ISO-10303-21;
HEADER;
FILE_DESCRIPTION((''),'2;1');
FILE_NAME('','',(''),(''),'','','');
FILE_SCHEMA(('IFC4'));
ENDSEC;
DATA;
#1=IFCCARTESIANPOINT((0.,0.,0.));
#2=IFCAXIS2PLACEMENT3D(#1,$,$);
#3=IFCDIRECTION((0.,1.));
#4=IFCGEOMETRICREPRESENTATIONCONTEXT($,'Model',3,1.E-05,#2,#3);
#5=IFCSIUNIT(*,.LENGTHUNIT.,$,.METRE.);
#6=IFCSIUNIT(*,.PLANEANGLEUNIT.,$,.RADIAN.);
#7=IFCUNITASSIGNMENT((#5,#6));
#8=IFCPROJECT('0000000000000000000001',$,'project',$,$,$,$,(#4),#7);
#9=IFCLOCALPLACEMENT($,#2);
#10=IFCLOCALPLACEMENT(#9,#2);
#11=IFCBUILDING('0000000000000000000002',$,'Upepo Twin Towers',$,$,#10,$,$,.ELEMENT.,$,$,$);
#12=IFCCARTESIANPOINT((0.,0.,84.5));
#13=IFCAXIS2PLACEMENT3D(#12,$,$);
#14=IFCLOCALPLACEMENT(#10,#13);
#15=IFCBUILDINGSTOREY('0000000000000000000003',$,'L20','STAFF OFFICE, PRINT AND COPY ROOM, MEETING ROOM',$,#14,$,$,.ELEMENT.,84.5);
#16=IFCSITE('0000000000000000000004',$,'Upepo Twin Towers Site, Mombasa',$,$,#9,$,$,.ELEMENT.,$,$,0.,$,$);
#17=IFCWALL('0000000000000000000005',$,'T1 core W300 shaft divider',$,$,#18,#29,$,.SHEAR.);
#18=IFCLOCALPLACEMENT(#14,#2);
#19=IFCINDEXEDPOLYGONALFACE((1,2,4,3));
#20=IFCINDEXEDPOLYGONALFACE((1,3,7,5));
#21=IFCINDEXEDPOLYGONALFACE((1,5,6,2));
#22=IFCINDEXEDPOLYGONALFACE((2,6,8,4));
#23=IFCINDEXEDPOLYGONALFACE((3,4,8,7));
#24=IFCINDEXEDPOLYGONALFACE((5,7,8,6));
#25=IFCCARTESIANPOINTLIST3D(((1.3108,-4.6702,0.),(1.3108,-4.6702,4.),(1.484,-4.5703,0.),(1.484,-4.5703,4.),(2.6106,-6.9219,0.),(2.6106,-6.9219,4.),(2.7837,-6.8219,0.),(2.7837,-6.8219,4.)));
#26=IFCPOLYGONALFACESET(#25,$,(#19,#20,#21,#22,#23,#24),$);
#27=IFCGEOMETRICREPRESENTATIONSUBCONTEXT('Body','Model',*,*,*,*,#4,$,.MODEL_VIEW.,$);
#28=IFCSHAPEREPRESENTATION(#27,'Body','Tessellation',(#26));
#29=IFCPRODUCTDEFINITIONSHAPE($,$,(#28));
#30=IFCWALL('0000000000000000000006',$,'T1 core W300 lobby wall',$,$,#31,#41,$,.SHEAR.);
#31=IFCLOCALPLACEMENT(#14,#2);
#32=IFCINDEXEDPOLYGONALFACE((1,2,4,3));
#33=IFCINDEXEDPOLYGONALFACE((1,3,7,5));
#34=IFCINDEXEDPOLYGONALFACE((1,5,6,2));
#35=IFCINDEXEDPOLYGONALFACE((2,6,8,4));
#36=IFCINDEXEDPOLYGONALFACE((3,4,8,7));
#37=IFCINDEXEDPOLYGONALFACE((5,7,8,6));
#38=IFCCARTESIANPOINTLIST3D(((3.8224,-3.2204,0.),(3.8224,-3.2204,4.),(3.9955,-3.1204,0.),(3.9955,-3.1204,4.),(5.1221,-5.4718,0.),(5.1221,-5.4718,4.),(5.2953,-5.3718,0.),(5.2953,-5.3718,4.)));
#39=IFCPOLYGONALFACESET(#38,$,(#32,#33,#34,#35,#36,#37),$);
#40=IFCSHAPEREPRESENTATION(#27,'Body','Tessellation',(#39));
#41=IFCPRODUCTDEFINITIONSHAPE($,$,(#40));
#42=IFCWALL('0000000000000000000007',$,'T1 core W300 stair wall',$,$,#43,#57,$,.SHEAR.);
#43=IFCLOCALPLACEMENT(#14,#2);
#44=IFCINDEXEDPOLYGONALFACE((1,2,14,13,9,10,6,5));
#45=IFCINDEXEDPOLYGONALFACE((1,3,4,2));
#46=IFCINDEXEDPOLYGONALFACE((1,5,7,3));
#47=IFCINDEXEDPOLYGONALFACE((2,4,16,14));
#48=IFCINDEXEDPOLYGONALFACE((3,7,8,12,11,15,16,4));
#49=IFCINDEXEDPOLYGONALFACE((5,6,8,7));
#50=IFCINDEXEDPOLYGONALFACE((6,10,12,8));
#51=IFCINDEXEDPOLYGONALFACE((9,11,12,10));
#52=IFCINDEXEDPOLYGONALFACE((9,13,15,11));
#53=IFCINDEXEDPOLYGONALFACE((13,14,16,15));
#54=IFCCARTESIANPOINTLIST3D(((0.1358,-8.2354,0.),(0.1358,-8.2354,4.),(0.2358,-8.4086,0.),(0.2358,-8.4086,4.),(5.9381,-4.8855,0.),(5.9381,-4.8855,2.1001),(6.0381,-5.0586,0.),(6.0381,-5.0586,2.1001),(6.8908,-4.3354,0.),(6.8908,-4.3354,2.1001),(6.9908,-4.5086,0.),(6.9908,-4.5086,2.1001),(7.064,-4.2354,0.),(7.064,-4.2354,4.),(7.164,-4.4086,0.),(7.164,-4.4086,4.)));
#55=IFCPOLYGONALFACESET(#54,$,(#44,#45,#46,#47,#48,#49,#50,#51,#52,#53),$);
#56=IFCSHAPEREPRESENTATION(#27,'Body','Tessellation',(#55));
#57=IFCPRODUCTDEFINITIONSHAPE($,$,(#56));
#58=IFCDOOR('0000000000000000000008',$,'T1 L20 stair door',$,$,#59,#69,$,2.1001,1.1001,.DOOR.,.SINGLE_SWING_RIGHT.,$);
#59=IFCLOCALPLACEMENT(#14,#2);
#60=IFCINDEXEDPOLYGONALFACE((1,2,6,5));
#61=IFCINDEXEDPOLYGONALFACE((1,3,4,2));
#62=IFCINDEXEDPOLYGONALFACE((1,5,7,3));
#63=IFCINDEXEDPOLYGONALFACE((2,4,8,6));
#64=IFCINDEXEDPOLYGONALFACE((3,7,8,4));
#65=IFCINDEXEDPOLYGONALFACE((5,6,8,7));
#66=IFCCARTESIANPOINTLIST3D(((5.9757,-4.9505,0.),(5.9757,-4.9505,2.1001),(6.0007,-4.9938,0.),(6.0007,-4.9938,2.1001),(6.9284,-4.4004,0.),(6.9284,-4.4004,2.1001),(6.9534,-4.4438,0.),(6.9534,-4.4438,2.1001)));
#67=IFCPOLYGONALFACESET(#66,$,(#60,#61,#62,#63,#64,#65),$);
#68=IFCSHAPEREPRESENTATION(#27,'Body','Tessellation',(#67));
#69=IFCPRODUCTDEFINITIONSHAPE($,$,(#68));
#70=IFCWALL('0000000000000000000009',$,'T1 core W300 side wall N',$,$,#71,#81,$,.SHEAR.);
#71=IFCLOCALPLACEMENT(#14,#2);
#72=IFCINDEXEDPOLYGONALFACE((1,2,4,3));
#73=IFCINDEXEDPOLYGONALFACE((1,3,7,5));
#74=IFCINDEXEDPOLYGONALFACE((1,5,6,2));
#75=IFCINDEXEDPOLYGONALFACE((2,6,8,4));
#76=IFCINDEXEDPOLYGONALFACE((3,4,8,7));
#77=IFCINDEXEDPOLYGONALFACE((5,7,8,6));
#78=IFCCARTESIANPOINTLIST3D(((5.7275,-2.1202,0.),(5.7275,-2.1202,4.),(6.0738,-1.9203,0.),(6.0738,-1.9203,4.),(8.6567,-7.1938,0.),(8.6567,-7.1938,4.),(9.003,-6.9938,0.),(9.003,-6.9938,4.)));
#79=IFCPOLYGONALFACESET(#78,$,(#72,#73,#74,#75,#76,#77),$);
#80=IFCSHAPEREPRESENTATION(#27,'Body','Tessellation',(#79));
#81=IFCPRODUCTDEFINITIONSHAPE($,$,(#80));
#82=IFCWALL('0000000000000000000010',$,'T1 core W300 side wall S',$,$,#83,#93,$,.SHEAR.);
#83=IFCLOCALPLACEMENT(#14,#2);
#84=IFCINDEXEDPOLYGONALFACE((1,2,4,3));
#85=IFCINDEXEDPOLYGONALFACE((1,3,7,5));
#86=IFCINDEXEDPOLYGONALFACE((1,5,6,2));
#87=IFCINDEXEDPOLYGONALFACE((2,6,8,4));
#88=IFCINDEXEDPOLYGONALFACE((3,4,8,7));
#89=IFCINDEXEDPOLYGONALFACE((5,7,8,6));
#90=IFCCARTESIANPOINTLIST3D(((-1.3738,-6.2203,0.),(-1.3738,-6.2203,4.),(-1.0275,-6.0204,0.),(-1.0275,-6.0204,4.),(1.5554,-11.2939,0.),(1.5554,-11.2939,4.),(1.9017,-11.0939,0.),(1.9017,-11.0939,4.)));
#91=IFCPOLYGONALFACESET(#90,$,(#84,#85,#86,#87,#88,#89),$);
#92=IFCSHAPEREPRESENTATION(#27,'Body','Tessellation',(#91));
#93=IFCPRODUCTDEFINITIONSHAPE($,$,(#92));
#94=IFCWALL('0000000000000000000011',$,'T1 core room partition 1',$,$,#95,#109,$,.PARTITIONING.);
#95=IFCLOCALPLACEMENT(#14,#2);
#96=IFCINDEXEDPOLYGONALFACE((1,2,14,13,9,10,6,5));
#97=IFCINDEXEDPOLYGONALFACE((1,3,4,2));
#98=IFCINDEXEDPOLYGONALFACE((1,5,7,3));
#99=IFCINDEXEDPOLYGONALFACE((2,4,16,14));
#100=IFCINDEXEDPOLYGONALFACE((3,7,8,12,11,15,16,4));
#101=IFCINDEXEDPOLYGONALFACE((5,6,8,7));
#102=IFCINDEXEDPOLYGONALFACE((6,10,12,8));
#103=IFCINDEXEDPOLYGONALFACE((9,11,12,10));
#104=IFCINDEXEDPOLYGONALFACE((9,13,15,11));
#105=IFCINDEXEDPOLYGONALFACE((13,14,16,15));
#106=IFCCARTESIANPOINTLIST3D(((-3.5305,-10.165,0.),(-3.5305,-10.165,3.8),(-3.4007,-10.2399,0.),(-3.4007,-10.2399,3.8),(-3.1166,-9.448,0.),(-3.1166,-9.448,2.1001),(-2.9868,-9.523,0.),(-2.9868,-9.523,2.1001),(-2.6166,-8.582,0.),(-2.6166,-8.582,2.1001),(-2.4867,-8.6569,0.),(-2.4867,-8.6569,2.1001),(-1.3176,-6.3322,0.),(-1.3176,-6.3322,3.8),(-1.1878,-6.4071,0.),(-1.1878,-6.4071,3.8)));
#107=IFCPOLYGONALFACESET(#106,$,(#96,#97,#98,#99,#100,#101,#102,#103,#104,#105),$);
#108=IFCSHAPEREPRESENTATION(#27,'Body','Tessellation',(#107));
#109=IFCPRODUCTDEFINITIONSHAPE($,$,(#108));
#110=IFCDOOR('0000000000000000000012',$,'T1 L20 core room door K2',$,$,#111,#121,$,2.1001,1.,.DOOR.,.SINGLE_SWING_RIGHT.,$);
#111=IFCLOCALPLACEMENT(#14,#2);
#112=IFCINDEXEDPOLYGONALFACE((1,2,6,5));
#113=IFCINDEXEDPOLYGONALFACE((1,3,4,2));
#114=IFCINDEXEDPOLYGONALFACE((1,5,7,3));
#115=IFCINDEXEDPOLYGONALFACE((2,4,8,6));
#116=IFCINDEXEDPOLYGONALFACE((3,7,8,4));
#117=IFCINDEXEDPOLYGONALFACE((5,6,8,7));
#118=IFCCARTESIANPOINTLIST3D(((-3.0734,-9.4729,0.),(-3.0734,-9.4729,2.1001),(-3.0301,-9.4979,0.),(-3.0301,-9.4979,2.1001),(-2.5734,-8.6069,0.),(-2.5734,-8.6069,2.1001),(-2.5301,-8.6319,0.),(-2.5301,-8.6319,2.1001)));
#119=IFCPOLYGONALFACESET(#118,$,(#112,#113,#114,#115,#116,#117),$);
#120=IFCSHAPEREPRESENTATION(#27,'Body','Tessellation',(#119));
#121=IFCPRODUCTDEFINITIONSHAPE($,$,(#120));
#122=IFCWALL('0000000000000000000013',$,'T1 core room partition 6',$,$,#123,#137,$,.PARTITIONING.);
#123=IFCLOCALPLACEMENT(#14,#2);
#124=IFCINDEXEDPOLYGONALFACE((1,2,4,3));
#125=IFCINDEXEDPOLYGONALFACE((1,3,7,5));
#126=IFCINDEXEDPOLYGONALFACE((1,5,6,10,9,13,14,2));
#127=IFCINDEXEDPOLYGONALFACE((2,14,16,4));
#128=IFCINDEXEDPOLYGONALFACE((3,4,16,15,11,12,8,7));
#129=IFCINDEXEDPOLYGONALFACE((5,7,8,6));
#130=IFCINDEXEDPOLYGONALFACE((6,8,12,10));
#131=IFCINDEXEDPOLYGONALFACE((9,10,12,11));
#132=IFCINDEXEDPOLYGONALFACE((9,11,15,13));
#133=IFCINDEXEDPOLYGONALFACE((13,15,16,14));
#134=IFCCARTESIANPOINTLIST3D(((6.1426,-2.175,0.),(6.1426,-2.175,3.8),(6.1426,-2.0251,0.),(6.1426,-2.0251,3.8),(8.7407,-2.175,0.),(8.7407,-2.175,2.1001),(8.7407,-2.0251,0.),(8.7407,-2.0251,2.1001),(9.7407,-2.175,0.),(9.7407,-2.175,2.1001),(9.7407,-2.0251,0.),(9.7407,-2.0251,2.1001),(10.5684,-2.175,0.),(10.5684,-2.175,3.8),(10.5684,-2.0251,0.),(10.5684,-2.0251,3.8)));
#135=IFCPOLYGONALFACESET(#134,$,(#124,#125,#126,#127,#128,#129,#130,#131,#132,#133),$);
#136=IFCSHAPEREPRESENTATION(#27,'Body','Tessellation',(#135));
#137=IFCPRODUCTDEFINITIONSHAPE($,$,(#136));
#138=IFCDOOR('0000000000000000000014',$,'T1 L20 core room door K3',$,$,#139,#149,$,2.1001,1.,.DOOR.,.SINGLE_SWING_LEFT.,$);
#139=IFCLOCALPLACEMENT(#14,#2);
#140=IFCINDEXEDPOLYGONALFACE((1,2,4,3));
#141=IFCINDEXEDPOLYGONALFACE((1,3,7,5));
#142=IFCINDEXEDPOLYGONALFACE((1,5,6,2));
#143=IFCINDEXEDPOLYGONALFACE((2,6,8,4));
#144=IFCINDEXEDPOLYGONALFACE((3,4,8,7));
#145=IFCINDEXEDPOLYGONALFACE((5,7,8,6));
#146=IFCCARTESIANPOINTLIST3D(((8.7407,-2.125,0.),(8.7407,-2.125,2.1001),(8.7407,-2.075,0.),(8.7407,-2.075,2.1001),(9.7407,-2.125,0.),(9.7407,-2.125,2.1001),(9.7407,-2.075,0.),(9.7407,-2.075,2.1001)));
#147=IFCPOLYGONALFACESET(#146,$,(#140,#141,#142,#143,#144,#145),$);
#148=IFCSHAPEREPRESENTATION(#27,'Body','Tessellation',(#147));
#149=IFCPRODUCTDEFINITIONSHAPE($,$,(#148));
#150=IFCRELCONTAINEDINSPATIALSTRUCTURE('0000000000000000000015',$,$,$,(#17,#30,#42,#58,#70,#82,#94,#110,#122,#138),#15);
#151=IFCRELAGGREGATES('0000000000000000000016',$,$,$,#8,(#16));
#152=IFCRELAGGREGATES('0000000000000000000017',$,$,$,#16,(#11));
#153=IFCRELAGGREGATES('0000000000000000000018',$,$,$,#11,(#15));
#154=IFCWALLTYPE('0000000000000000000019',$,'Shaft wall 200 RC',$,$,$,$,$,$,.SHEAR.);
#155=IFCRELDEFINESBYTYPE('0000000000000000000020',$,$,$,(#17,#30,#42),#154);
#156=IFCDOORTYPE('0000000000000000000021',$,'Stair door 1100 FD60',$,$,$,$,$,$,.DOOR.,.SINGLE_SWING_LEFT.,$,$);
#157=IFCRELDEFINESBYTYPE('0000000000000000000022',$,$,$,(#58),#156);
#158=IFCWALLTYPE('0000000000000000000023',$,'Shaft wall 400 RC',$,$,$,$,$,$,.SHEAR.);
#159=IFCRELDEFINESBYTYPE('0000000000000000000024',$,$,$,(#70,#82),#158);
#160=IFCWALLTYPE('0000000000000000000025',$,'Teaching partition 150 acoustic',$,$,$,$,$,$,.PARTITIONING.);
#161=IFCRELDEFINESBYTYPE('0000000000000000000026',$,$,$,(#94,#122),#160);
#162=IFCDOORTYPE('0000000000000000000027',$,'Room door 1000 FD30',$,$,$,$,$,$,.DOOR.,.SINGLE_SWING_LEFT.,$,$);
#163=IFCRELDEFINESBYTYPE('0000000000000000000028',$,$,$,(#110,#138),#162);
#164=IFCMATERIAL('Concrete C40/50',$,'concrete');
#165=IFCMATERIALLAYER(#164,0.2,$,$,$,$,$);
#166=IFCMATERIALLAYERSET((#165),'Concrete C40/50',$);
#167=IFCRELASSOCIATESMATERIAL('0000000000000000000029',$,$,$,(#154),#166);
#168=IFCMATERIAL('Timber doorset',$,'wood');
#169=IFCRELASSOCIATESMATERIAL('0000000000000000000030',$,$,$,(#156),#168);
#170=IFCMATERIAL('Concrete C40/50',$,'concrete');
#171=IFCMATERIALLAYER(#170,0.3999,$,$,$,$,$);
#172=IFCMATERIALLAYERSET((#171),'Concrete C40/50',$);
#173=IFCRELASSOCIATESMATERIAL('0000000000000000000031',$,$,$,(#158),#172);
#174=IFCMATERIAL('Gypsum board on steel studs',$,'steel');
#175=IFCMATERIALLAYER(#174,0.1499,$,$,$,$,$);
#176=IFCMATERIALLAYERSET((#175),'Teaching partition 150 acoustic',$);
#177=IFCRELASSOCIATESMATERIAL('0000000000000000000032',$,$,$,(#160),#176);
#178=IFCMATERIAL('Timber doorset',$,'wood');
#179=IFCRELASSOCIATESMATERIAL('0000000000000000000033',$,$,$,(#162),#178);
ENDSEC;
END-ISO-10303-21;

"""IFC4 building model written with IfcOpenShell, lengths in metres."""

from ifc_helpers import new_model, si_unit, direction, frame, frame_2d, origin, place, context, subcontext, project, spatial, rectangle, extrude, material, layer, layer_set, type_object, element, fill, save


model = new_model("IFC4")

# Units and contexts
model_context = context("Model", 3, precision=1e-05, world=origin(), true_north=direction((0.0, 1.0)))
body_context = subcontext(model_context, "Body", "Model", "MODEL_VIEW")
ifc_project = project(units=[si_unit("LENGTHUNIT", "METRE"), si_unit("PLANEANGLEUNIT", "RADIAN")], contexts=[model_context])

# Site, building, storey
site_placement = place(None, origin())
site = spatial("IfcSite", under=ifc_project, at=site_placement, Name="Upepo Twin Towers Site, Mombasa", CompositionType="ELEMENT", RefElevation=0.0)
building_placement = place(site_placement, origin())
building = spatial("IfcBuilding", under=site, at=building_placement, Name="Upepo Twin Towers", CompositionType="ELEMENT")
storey_placement = place(building_placement, frame((0.0, 0.0, 84.5)))
storey = spatial("IfcBuildingStorey", under=building, at=storey_placement, Name="L20", Description="STAFF OFFICE, PRINT AND COPY ROOM, MEETING ROOM", CompositionType="ELEMENT", Elevation=84.5)

# Shared definitions
ifc_material_1 = material(Name="Concrete C40/50", Category="concrete")
ifc_layer_1 = layer(ifc_material_1, 0.2)
ifc_layer_set_1 = layer_set([ifc_layer_1], Name="Concrete C40/50")
wall_type_1 = type_object("IfcWallType", Name="Shaft wall 200 RC", PredefinedType="SHEAR", material=ifc_layer_set_1)

# Walls
wall_1_placement = place(storey_placement, frame((1.3975, -4.6204, 0.0), z_axis=(0.0, 0.0, 1.0), x_axis=(0.499937, -0.866062, 0.0)))
element("IfcWall", 1, at=wall_1_placement, inside=storey, type_object=wall_type_1, Name="T1 core W300 shaft divider", PredefinedType="SHEAR", context=body_context, shape_type="SweptSolid", body=[
    extrude(rectangle(XDim=2.5999, YDim=0.2, at=frame_2d((1.2998, 0.0))), origin(), (0.0, 0.0, 1.0), 4.0),
])
wall_2_placement = place(storey_placement, frame((3.9089, -3.1704, 0.0), z_axis=(0.0, 0.0, 1.0), x_axis=(0.499977, -0.866039, 0.0)))
element("IfcWall", 2, at=wall_2_placement, inside=storey, type_object=wall_type_1, Name="T1 core W300 lobby wall", PredefinedType="SHEAR", context=body_context, shape_type="SweptSolid", body=[
    extrude(rectangle(XDim=2.5996, YDim=0.2, at=frame_2d((1.2998, 0.0))), origin(), (0.0, 0.0, 1.0), 4.0),
])

# Wall, opening, door
wall_3_placement = place(storey_placement, frame((0.1858, -8.322, 0.0), z_axis=(0.0, 0.0, 1.0), x_axis=(0.866026, 0.499999, 0.0)))
wall_3 = element("IfcWall", 3, at=wall_3_placement, inside=storey, type_object=wall_type_1, Name="T1 core W300 stair wall", PredefinedType="SHEAR", context=body_context, shape_type="SweptSolid", body=[
    extrude(rectangle(XDim=8.0, YDim=0.2, at=frame_2d((4.0, 0.0))), origin(), (0.0, 0.0, 1.0), 4.0),
])
opening_1_placement = place(wall_3_placement, frame((6.7, 0.0, 0.0)))
opening_1 = element("IfcOpeningElement", 4, at=opening_1_placement, cuts=wall_3, PredefinedType="OPENING", context=body_context, shape_type="SweptSolid", body=[
    extrude(rectangle(XDim=1.1001, YDim=2.1001, at=frame_2d((0.55, 1.05))), frame((0.0, 0.1099, 0.0), z_axis=(0.0, -1.0, 0.0), x_axis=(1.0, 0.0, 0.0)), (0.0, 0.0, 1.0), 0.22),
])
ifc_material_2 = material(Name="Timber doorset", Category="wood")
door_type_1 = type_object("IfcDoorType", Name="Stair door 1100 FD60", OperationType="SINGLE_SWING_LEFT", PredefinedType="DOOR", material=ifc_material_2)
door_1_placement = place(opening_1_placement, origin())
door_1 = element("IfcDoor", 5, at=door_1_placement, inside=storey, type_object=door_type_1, Name="T1 L20 stair door", OperationType="SINGLE_SWING_RIGHT", OverallHeight=2.1001, OverallWidth=1.1001, PredefinedType="DOOR", context=body_context, shape_type="SweptSolid", body=[
    extrude(rectangle(XDim=1.1001, YDim=2.1001, at=frame_2d((0.55, 1.05))), frame((0.0, 0.0249, 0.0), z_axis=(0.0, -1.0, 0.0), x_axis=(1.0, 0.0, 0.0)), (0.0, 0.0, 1.0), 0.05),
])
fill(opening_1, door_1)

# Walls
ifc_material_3 = material(Name="Concrete C40/50", Category="concrete")
ifc_layer_2 = layer(ifc_material_3, 0.3999)
ifc_layer_set_2 = layer_set([ifc_layer_2], Name="Concrete C40/50")
wall_type_2 = type_object("IfcWallType", Name="Shaft wall 400 RC", PredefinedType="SHEAR", material=ifc_layer_set_2)
for number, where, z_axis, x_axis, name in (
    (6, (5.9006, -2.0203, 0.0), (0.0, 0.0, 1.0), (0.500003, -0.866024, 0.0), "T1 core W300 side wall N"),
    (7, (-1.2007, -6.1204, 0.0), (0.0, 0.0, 1.0), (0.500003, -0.866024, 0.0), "T1 core W300 side wall S"),
):
    element("IfcWall", number, at=place(storey_placement, frame(where, z_axis=z_axis, x_axis=x_axis)), inside=storey, type_object=wall_type_2, Name=name, PredefinedType="SHEAR", context=body_context, shape_type="SweptSolid", body=[
        extrude(rectangle(XDim=5.8584, YDim=0.3999, at=frame_2d((2.9292, 0.0))), origin(), (0.0, 0.0, 1.0), 4.0),
    ])

# Walls, openings, doors
ifc_material_4 = material(Name="Gypsum board on steel studs", Category="steel")
ifc_layer_3 = layer(ifc_material_4, 0.1499)
ifc_layer_set_3 = layer_set([ifc_layer_3], Name="Teaching partition 150 acoustic")
wall_type_3 = type_object("IfcWallType", Name="Teaching partition 150 acoustic", PredefinedType="PARTITIONING", material=ifc_layer_set_3)
wall_4_placement = place(storey_placement, frame((-1.2527, -6.3696, 0.0), z_axis=(0.0, 0.0, 1.0), x_axis=(-0.500007, -0.866021, 0.0)))
wall_4 = element("IfcWall", 8, at=wall_4_placement, inside=storey, type_object=wall_type_3, Name="T1 core room partition 1", PredefinedType="PARTITIONING", context=body_context, shape_type="SweptSolid", body=[
    extrude(rectangle(XDim=4.4258, YDim=0.1499, at=frame_2d((2.2129, 0.0))), origin(), (0.0, 0.0, 1.0), 3.8),
])
opening_2_placement = place(wall_4_placement, frame((2.5979, 0.0, 0.0)))
opening_2 = element("IfcOpeningElement", 9, at=opening_2_placement, cuts=wall_4, PredefinedType="OPENING", context=body_context, shape_type="SweptSolid", body=[
    extrude(rectangle(XDim=1.0, YDim=2.1001, at=frame_2d((0.5, 1.05))), frame((0.0, 0.085, 0.0), z_axis=(0.0, -1.0, 0.0), x_axis=(1.0, 0.0, 0.0)), (0.0, 0.0, 1.0), 0.1699),
])
ifc_material_5 = material(Name="Timber doorset", Category="wood")
door_type_2 = type_object("IfcDoorType", Name="Room door 1000 FD30", OperationType="SINGLE_SWING_LEFT", PredefinedType="DOOR", material=ifc_material_5)
door_2_placement = place(opening_2_placement, origin())
door_2 = element("IfcDoor", 10, at=door_2_placement, inside=storey, type_object=door_type_2, Name="T1 L20 core room door K2", OperationType="SINGLE_SWING_RIGHT", OverallHeight=2.1001, OverallWidth=1.0, PredefinedType="DOOR", context=body_context, shape_type="SweptSolid", body=[
    extrude(rectangle(XDim=1.0, YDim=2.1001, at=frame_2d((0.5, 1.05))), frame((0.0, 0.0249, 0.0), z_axis=(0.0, -1.0, 0.0), x_axis=(1.0, 0.0, 0.0)), (0.0, 0.0, 1.0), 0.05),
])
fill(opening_2, door_2)
wall_5_placement = place(storey_placement, frame((10.5684, -2.1001, 0.0), z_axis=(0.0, 0.0, 1.0), x_axis=(-1.0, 0.0, 0.0)))
wall_5 = element("IfcWall", 11, at=wall_5_placement, inside=storey, type_object=wall_type_3, Name="T1 core room partition 6", PredefinedType="PARTITIONING", context=body_context, shape_type="SweptSolid", body=[
    extrude(rectangle(XDim=4.4258, YDim=0.1499, at=frame_2d((2.2129, 0.0))), origin(), (0.0, 0.0, 1.0), 3.8),
])
opening_3_placement = place(wall_5_placement, frame((0.8276, 0.0, 0.0)))
opening_3 = element("IfcOpeningElement", 12, at=opening_3_placement, cuts=wall_5, PredefinedType="OPENING", context=body_context, shape_type="SweptSolid", body=[
    extrude(rectangle(XDim=1.0, YDim=2.1001, at=frame_2d((0.5, 1.05))), frame((0.0, 0.085, 0.0), z_axis=(0.0, -1.0, 0.0), x_axis=(1.0, 0.0, 0.0)), (0.0, 0.0, 1.0), 0.1699),
])
door_3_placement = place(opening_3_placement, origin())
door_3 = element("IfcDoor", 13, at=door_3_placement, inside=storey, type_object=door_type_2, Name="T1 L20 core room door K3", OperationType="SINGLE_SWING_LEFT", OverallHeight=2.1001, OverallWidth=1.0, PredefinedType="DOOR", context=body_context, shape_type="SweptSolid", body=[
    extrude(rectangle(XDim=1.0, YDim=2.1001, at=frame_2d((0.5, 1.05))), frame((0.0, 0.0249, 0.0), z_axis=(0.0, -1.0, 0.0), x_axis=(1.0, 0.0, 0.0)), (0.0, 0.0, 1.0), 0.05),
])
fill(opening_3, door_3)

save(model, "model.ifc")
